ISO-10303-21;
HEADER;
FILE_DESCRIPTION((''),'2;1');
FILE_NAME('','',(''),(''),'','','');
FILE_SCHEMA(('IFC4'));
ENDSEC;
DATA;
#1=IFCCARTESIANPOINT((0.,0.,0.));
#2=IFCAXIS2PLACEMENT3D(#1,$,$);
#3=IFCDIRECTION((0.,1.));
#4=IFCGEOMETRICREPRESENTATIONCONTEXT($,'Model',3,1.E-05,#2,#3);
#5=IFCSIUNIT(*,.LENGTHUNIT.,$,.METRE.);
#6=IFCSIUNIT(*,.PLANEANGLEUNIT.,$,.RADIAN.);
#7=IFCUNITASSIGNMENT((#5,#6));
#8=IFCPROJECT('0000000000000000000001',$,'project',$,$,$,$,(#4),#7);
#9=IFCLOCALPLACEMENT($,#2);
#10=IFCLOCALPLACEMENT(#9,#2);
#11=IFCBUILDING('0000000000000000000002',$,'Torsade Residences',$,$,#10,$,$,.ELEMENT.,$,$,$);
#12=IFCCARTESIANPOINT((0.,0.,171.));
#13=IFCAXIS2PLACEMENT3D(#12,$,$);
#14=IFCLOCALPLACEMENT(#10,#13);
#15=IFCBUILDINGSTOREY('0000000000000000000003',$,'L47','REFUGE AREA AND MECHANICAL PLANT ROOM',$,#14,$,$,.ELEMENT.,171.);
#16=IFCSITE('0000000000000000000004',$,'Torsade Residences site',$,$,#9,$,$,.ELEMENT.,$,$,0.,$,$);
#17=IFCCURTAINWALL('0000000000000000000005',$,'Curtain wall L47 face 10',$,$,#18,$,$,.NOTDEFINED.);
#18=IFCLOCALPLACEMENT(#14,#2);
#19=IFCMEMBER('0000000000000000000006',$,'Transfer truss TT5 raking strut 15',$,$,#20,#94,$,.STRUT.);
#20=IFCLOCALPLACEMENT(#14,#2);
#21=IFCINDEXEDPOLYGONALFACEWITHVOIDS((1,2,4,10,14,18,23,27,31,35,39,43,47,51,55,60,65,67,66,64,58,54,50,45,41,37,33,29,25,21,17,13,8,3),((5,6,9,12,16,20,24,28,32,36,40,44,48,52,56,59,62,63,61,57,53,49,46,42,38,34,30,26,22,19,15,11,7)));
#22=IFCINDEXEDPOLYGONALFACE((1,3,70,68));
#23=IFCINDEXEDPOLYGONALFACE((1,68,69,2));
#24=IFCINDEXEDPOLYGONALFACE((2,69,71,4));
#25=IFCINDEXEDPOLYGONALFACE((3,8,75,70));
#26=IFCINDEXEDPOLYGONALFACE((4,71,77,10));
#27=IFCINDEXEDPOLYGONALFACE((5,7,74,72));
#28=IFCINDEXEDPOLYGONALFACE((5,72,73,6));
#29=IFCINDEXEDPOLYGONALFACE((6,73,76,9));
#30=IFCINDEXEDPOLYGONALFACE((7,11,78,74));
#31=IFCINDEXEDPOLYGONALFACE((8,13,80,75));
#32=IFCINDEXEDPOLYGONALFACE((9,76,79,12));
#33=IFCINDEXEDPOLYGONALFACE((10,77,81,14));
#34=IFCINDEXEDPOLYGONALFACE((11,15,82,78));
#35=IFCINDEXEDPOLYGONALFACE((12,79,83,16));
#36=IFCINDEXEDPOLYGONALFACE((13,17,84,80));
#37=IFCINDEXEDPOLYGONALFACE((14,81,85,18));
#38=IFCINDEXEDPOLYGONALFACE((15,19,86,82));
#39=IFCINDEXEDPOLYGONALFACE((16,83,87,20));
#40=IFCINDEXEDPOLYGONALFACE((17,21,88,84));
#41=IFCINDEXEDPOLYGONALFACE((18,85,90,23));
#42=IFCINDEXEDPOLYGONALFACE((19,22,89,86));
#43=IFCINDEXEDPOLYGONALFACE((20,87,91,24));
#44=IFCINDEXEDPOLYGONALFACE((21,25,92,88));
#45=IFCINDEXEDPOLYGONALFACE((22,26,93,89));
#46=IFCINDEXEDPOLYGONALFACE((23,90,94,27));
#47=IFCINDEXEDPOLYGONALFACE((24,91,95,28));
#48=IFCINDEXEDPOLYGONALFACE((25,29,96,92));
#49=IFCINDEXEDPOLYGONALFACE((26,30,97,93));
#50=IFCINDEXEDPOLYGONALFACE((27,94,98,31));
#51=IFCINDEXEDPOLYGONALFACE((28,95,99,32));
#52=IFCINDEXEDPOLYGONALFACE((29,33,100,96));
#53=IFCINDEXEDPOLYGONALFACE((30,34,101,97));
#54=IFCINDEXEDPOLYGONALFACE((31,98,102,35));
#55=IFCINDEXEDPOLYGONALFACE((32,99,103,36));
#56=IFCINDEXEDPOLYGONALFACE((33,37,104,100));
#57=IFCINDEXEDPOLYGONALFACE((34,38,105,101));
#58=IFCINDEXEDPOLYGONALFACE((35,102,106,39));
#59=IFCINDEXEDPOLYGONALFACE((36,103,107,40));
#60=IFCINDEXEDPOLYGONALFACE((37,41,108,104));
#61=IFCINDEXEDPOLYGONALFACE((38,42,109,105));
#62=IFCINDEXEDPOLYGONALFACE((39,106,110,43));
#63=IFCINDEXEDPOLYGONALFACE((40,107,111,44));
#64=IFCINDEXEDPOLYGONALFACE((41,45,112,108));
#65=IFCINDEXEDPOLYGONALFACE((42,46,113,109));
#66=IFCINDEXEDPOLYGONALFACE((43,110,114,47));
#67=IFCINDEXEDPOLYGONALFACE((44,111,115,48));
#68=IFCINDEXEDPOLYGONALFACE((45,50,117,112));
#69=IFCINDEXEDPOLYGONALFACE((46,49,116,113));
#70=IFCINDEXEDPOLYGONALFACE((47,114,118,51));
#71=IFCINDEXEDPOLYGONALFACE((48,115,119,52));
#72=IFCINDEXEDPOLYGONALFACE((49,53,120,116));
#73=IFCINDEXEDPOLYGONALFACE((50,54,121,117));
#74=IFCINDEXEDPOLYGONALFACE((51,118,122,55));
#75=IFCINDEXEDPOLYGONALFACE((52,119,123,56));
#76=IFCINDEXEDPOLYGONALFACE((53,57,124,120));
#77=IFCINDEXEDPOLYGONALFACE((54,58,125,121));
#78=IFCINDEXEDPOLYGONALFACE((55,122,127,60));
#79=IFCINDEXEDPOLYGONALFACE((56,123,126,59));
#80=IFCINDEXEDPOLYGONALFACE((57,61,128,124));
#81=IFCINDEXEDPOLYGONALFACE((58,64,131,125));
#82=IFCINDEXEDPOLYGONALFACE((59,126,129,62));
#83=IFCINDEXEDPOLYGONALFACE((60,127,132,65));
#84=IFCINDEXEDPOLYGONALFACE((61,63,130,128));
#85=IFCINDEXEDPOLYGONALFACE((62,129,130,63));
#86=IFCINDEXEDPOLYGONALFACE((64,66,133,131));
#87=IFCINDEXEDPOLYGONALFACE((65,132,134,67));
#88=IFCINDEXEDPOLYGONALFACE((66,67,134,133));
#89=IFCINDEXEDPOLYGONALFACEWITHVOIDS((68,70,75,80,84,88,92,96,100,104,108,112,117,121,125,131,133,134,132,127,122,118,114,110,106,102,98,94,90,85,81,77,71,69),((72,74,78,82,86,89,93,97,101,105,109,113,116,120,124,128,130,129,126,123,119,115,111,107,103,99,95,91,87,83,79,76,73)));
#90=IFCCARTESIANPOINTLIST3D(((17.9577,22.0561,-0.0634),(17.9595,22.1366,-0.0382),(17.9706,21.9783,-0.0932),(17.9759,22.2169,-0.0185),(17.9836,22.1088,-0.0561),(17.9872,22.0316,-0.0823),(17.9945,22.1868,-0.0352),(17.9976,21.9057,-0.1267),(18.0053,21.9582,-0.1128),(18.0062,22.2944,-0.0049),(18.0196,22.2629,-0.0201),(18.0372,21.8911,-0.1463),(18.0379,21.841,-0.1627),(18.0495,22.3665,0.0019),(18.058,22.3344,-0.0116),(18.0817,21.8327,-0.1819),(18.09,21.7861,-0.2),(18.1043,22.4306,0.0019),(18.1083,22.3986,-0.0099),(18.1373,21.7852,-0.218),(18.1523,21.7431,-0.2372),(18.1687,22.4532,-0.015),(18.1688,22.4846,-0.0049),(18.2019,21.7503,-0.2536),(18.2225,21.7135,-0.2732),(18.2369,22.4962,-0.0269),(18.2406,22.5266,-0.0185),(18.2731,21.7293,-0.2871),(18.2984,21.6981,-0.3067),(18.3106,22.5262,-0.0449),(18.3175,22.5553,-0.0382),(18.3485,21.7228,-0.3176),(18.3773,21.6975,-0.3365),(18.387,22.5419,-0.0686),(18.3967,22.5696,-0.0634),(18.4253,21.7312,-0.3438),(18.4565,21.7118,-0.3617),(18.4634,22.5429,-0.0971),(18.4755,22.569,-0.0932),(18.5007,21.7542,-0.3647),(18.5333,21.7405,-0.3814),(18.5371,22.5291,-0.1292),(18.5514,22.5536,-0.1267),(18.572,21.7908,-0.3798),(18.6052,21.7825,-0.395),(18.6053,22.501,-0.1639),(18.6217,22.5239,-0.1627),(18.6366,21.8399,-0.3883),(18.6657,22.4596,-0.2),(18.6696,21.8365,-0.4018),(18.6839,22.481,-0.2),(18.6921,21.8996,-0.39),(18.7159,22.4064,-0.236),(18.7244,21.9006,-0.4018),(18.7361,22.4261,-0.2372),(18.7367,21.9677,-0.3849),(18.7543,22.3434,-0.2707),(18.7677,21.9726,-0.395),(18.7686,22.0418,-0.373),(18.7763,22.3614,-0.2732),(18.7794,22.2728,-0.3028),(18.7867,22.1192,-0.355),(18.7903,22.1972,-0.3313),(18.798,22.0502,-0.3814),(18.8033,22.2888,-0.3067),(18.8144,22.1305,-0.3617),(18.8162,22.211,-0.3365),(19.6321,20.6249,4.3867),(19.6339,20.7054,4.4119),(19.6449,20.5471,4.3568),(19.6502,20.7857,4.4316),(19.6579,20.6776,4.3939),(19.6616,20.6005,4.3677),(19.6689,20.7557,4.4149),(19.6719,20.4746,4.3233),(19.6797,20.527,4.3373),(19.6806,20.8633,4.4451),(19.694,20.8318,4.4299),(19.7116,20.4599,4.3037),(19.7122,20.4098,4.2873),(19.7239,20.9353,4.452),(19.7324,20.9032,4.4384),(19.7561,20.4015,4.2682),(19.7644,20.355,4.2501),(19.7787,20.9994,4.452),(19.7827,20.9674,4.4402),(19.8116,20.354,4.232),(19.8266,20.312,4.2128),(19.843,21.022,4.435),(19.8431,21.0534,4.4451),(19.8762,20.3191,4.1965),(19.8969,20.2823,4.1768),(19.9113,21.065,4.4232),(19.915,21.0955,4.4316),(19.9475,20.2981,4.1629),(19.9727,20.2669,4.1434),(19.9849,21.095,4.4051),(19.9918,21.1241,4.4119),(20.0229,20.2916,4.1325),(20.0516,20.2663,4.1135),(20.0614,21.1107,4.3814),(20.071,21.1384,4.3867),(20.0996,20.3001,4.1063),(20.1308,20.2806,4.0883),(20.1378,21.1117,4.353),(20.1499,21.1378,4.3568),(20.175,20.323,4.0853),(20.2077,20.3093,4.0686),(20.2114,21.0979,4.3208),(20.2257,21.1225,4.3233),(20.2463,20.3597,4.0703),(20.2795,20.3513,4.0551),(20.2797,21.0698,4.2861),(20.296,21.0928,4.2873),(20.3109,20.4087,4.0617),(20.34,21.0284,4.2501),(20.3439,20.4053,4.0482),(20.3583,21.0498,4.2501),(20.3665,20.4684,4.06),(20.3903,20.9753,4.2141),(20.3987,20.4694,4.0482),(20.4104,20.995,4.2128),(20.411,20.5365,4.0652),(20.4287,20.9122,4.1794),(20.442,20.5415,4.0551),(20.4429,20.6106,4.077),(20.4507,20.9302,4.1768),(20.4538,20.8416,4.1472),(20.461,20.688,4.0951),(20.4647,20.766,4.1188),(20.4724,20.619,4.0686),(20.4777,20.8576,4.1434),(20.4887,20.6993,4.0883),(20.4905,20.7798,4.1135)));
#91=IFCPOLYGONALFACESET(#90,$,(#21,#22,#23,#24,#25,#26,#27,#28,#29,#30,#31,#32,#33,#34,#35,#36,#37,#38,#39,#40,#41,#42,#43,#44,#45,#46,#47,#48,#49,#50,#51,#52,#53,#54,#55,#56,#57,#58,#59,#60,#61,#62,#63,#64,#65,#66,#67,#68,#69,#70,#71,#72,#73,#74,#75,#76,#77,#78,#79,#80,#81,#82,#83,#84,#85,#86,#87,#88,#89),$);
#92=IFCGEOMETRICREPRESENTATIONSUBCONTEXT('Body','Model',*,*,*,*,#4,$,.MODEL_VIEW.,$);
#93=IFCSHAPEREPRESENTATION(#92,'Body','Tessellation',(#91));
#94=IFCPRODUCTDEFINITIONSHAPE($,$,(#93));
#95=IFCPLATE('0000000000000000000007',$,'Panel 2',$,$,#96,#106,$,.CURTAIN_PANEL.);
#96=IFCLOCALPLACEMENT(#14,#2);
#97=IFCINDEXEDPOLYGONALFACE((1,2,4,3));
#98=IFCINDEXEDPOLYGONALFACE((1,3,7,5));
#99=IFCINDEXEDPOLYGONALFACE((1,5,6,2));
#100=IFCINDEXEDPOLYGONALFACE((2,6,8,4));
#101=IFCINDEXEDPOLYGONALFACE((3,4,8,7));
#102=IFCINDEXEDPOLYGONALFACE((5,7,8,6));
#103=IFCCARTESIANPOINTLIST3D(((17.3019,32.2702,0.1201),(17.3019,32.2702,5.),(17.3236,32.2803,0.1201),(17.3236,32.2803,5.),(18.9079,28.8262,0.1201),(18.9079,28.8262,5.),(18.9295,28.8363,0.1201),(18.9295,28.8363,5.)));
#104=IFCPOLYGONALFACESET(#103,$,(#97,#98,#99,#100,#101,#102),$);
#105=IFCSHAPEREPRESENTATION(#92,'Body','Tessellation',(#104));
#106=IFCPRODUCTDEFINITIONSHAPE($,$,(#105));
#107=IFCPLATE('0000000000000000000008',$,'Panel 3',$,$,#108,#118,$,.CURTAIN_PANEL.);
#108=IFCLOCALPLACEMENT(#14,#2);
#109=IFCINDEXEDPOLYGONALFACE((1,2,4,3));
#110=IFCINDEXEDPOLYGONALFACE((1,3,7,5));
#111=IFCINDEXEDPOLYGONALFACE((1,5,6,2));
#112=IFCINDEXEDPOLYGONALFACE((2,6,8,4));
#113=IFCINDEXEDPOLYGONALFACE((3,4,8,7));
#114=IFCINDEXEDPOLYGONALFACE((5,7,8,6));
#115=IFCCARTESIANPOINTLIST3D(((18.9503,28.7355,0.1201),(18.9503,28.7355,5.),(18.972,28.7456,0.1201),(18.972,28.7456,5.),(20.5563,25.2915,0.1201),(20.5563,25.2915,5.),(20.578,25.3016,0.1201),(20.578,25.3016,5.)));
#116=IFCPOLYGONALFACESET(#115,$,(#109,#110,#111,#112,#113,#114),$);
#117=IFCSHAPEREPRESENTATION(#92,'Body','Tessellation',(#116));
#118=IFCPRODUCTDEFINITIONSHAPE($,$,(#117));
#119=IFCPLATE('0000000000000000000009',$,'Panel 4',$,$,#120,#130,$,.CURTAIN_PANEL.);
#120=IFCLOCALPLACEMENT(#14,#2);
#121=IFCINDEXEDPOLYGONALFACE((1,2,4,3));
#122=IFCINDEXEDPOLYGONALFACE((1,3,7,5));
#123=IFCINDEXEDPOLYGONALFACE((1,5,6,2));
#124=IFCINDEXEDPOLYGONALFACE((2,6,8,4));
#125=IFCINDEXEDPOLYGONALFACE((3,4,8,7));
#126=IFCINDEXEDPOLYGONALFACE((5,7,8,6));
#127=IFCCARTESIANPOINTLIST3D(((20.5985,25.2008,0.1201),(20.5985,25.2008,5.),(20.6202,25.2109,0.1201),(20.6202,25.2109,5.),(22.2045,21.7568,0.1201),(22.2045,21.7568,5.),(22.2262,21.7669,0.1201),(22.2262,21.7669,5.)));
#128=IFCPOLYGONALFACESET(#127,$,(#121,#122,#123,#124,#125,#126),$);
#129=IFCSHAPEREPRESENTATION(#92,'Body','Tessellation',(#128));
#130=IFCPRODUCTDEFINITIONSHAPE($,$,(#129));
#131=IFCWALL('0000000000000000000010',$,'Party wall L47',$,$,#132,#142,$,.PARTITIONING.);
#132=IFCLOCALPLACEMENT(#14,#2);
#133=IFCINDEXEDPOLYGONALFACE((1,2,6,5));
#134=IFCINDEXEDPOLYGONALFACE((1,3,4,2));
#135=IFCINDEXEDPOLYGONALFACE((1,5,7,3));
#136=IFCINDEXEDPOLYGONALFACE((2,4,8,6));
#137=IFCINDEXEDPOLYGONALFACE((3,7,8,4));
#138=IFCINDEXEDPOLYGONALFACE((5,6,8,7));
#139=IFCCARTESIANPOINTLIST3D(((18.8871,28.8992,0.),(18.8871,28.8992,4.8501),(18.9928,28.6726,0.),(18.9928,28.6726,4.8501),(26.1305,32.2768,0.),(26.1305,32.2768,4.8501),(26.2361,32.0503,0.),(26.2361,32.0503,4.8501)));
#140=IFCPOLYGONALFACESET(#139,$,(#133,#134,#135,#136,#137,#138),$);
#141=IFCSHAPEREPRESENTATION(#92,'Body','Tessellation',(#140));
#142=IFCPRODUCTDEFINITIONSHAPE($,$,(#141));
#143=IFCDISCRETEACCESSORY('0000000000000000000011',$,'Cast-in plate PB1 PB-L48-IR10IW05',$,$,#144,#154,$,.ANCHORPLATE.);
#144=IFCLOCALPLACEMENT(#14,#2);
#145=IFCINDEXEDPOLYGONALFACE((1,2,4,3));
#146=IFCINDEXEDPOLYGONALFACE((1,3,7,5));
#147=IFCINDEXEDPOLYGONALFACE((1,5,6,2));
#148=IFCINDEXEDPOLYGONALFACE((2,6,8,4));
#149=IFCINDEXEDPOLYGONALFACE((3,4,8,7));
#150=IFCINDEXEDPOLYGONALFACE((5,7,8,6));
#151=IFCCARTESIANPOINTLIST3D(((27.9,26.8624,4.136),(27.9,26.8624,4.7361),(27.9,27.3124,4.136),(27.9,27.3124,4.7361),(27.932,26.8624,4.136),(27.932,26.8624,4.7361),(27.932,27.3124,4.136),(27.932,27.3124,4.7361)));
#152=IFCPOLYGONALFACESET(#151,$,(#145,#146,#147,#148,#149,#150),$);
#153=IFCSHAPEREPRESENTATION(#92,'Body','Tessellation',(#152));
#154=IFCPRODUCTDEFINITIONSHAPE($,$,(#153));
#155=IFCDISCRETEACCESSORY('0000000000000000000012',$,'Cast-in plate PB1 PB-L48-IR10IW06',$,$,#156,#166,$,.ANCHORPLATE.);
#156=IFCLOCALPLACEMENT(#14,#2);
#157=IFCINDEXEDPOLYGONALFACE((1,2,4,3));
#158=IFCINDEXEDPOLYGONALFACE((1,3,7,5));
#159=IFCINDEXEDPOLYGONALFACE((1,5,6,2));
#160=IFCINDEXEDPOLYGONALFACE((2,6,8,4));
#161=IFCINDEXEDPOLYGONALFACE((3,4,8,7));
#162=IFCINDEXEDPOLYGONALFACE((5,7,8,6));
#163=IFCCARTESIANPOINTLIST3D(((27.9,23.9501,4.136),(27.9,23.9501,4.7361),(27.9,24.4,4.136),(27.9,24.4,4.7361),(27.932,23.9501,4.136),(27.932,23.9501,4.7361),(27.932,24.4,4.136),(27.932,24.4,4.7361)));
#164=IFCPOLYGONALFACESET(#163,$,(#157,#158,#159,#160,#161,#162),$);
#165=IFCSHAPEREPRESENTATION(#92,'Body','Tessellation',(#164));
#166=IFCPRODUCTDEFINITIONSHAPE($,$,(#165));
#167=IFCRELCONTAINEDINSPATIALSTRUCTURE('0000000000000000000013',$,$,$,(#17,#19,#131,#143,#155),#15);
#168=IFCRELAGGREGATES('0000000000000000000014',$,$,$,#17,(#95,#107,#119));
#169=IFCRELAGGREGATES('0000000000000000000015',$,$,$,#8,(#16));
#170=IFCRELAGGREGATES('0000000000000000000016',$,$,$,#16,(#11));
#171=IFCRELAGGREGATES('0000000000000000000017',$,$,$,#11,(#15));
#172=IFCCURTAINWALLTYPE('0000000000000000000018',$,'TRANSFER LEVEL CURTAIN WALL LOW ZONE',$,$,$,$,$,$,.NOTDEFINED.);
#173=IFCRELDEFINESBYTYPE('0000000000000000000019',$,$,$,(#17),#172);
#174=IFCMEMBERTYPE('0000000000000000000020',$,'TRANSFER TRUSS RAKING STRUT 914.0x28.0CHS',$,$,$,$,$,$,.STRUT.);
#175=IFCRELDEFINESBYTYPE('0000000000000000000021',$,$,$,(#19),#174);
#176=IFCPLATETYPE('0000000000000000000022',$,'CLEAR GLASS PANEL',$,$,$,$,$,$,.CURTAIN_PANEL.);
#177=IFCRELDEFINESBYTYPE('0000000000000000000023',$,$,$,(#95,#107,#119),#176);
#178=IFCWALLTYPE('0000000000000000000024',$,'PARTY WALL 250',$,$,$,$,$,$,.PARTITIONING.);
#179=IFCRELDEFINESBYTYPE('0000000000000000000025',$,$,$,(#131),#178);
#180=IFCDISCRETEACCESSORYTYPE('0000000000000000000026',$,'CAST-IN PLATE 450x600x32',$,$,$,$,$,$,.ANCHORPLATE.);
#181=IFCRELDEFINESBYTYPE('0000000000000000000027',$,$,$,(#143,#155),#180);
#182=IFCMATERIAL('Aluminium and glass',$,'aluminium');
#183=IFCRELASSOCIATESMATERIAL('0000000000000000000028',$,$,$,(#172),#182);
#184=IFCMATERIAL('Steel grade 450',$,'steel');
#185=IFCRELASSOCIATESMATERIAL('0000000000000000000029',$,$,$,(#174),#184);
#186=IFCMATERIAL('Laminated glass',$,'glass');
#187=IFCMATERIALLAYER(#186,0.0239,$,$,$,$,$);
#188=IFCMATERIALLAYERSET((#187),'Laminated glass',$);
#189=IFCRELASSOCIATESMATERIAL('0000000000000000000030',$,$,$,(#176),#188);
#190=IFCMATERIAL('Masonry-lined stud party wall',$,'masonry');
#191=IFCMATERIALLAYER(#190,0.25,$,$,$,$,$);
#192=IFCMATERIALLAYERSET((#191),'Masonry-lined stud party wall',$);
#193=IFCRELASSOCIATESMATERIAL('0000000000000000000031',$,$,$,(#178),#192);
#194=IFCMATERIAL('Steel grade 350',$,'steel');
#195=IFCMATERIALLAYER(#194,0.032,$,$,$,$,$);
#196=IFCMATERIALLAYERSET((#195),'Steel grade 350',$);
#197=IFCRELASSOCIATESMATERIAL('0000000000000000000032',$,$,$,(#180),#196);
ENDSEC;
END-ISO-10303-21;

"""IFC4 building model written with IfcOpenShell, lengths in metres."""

from ifc_helpers import new_model, si_unit, direction, frame, frame_2d, origin, origin_2d, place, context, subcontext, project, spatial, rectangle, hollow_circle, extrude, material, layer, layer_set, material_profile, profile_set, type_object, element, aggregate, save


model = new_model("IFC4")

# Units and contexts
model_context = context("Model", 3, precision=1e-05, world=origin(), true_north=direction((0.0, 1.0)))
body_context = subcontext(model_context, "Body", "Model", "MODEL_VIEW")
ifc_project = project(units=[si_unit("LENGTHUNIT", "METRE"), si_unit("PLANEANGLEUNIT", "RADIAN")], contexts=[model_context])

# Site, building, storey
site_placement = place(None, origin())
site = spatial("IfcSite", under=ifc_project, at=site_placement, Name="Torsade Residences site", CompositionType="ELEMENT", RefElevation=0.0)
building_placement = place(site_placement, origin())
building = spatial("IfcBuilding", under=site, at=building_placement, Name="Torsade Residences", CompositionType="ELEMENT")
storey_placement = place(building_placement, frame((0.0, 0.0, 171.0)))
storey = spatial("IfcBuildingStorey", under=building, at=storey_placement, Name="L47", Description="REFUGE AREA AND MECHANICAL PLANT ROOM", CompositionType="ELEMENT", Elevation=171.0)

# Curtain wall
ifc_material_1 = material(Name="Aluminium and glass", Category="aluminium")
curtain_wall_type = type_object("IfcCurtainWallType", Name="TRANSFER LEVEL CURTAIN WALL LOW ZONE", PredefinedType="NOTDEFINED", material=ifc_material_1)
curtain_wall_placement = place(storey_placement, origin())
curtain_wall = element("IfcCurtainWall", 1, at=curtain_wall_placement, inside=storey, type_object=curtain_wall_type, Name="Curtain wall L47 face 10", PredefinedType="NOTDEFINED")

# Member
ifc_material_2 = material(Name="Steel grade 450", Category="steel")
ifc_material_profile_1 = material_profile(ifc_material_2, hollow_circle(Radius=0.457, WallThickness=0.0281, at=origin_2d()), Name="914.0x28.0CHS")
ifc_profile_set_1 = profile_set([ifc_material_profile_1], Name="Steel grade 450")
member_type_1 = type_object("IfcMemberType", Name="TRANSFER TRUSS RAKING STRUT 914.0x28.0CHS", PredefinedType="STRUT", material=ifc_profile_set_1)
member_1_placement = place(storey_placement, frame((18.387, 22.1335, -0.2), z_axis=(0.337208, -0.288234, 0.896221), x_axis=(0.64975, 0.760148, 0.0)))
element("IfcMember", 2, at=member_1_placement, inside=storey, type_object=member_type_1, Name="Transfer truss TT5 raking strut 15", PredefinedType="STRUT", context=body_context, shape_type="SweptSolid", body=[
    extrude(hollow_circle(Radius=0.457, WallThickness=0.0281, at=origin_2d()), origin(), (0.0, 0.0, 1.0), 4.9653),
])

# Plates
ifc_material_3 = material(Name="Laminated glass", Category="glass")
ifc_layer_1 = layer(ifc_material_3, 0.0239)
ifc_layer_set_1 = layer_set([ifc_layer_1], Name="Laminated glass")
plate_type = type_object("IfcPlateType", Name="CLEAR GLASS PANEL", PredefinedType="CURTAIN_PANEL", material=ifc_layer_set_1)
plate_1_placement = place(storey_placement, frame((18.1157, 30.5532, 0.1201), z_axis=(0.0, 0.0, 1.0), x_axis=(0.422618, -0.906308, 0.0)))
plate_1 = element("IfcPlate", 3, at=plate_1_placement, type_object=plate_type, Name="Panel 2", PredefinedType="CURTAIN_PANEL", context=body_context, shape_type="SweptSolid", body=[
    extrude(rectangle(XDim=3.8, YDim=0.0239, at=origin_2d()), origin(), (0.0, 0.0, 1.0), 4.8799),
])
plate_2_placement = place(storey_placement, frame((19.7642, 27.0186, 0.1201), z_axis=(0.0, 0.0, 1.0), x_axis=(0.422618, -0.906308, 0.0)))
plate_2 = element("IfcPlate", 4, at=plate_2_placement, type_object=plate_type, Name="Panel 3", PredefinedType="CURTAIN_PANEL", context=body_context, shape_type="SweptSolid", body=[
    extrude(rectangle(XDim=3.8, YDim=0.0239, at=origin_2d()), origin(), (0.0, 0.0, 1.0), 4.8799),
])
plate_3_placement = place(storey_placement, frame((21.4124, 23.4839, 0.1201), z_axis=(0.0, 0.0, 1.0), x_axis=(0.422618, -0.906308, 0.0)))
plate_3 = element("IfcPlate", 5, at=plate_3_placement, type_object=plate_type, Name="Panel 4", PredefinedType="CURTAIN_PANEL", context=body_context, shape_type="SweptSolid", body=[
    extrude(rectangle(XDim=3.8, YDim=0.0239, at=origin_2d()), origin(), (0.0, 0.0, 1.0), 4.8799),
])
aggregate(curtain_wall, [plate_1, plate_2, plate_3])

# Wall
ifc_material_4 = material(Name="Masonry-lined stud party wall", Category="masonry")
ifc_layer_2 = layer(ifc_material_4, 0.25)
ifc_layer_set_2 = layer_set([ifc_layer_2], Name="Masonry-lined stud party wall")
wall_type = type_object("IfcWallType", Name="PARTY WALL 250", PredefinedType="PARTITIONING", material=ifc_layer_set_2)
wall_placement = place(storey_placement, frame((18.9399, 28.7859, 0.0), z_axis=(0.0, 0.0, 1.0), x_axis=(0.906306, 0.422621, 0.0)))
element("IfcWall", 6, at=wall_placement, inside=storey, type_object=wall_type, Name="Party wall L47", PredefinedType="PARTITIONING", context=body_context, shape_type="SweptSolid", body=[
    extrude(rectangle(XDim=7.9922, YDim=0.25, at=frame_2d((3.9961, 0.0))), origin(), (0.0, 0.0, 1.0), 4.8501),
])

# Discrete accessories
ifc_material_5 = material(Name="Steel grade 350", Category="steel")
ifc_layer_3 = layer(ifc_material_5, 0.032)
ifc_layer_set_3 = layer_set([ifc_layer_3], Name="Steel grade 350")
discrete_accessory_type = type_object("IfcDiscreteAccessoryType", Name="CAST-IN PLATE 450x600x32", PredefinedType="ANCHORPLATE", material=ifc_layer_set_3)
for number, where, z_axis, x_axis, name in (
    (7, (27.916, 27.0874, 4.136), (0.0, 0.0, 1.0), (1.0, 0.0, 0.0), "Cast-in plate PB1 PB-L48-IR10IW05"),
    (8, (27.916, 24.175, 4.136), (0.0, 0.0, 1.0), (1.0, 0.0, 0.0), "Cast-in plate PB1 PB-L48-IR10IW06"),
):
    element("IfcDiscreteAccessory", number, at=place(storey_placement, frame(where, z_axis=z_axis, x_axis=x_axis)), inside=storey, type_object=discrete_accessory_type, Name=name, PredefinedType="ANCHORPLATE", context=body_context, shape_type="SweptSolid", body=[
        extrude(rectangle(XDim=0.032, YDim=0.45, at=origin_2d()), origin(), (0.0, 0.0, 1.0), 0.6001),
    ])

save(model, "model.ifc")
